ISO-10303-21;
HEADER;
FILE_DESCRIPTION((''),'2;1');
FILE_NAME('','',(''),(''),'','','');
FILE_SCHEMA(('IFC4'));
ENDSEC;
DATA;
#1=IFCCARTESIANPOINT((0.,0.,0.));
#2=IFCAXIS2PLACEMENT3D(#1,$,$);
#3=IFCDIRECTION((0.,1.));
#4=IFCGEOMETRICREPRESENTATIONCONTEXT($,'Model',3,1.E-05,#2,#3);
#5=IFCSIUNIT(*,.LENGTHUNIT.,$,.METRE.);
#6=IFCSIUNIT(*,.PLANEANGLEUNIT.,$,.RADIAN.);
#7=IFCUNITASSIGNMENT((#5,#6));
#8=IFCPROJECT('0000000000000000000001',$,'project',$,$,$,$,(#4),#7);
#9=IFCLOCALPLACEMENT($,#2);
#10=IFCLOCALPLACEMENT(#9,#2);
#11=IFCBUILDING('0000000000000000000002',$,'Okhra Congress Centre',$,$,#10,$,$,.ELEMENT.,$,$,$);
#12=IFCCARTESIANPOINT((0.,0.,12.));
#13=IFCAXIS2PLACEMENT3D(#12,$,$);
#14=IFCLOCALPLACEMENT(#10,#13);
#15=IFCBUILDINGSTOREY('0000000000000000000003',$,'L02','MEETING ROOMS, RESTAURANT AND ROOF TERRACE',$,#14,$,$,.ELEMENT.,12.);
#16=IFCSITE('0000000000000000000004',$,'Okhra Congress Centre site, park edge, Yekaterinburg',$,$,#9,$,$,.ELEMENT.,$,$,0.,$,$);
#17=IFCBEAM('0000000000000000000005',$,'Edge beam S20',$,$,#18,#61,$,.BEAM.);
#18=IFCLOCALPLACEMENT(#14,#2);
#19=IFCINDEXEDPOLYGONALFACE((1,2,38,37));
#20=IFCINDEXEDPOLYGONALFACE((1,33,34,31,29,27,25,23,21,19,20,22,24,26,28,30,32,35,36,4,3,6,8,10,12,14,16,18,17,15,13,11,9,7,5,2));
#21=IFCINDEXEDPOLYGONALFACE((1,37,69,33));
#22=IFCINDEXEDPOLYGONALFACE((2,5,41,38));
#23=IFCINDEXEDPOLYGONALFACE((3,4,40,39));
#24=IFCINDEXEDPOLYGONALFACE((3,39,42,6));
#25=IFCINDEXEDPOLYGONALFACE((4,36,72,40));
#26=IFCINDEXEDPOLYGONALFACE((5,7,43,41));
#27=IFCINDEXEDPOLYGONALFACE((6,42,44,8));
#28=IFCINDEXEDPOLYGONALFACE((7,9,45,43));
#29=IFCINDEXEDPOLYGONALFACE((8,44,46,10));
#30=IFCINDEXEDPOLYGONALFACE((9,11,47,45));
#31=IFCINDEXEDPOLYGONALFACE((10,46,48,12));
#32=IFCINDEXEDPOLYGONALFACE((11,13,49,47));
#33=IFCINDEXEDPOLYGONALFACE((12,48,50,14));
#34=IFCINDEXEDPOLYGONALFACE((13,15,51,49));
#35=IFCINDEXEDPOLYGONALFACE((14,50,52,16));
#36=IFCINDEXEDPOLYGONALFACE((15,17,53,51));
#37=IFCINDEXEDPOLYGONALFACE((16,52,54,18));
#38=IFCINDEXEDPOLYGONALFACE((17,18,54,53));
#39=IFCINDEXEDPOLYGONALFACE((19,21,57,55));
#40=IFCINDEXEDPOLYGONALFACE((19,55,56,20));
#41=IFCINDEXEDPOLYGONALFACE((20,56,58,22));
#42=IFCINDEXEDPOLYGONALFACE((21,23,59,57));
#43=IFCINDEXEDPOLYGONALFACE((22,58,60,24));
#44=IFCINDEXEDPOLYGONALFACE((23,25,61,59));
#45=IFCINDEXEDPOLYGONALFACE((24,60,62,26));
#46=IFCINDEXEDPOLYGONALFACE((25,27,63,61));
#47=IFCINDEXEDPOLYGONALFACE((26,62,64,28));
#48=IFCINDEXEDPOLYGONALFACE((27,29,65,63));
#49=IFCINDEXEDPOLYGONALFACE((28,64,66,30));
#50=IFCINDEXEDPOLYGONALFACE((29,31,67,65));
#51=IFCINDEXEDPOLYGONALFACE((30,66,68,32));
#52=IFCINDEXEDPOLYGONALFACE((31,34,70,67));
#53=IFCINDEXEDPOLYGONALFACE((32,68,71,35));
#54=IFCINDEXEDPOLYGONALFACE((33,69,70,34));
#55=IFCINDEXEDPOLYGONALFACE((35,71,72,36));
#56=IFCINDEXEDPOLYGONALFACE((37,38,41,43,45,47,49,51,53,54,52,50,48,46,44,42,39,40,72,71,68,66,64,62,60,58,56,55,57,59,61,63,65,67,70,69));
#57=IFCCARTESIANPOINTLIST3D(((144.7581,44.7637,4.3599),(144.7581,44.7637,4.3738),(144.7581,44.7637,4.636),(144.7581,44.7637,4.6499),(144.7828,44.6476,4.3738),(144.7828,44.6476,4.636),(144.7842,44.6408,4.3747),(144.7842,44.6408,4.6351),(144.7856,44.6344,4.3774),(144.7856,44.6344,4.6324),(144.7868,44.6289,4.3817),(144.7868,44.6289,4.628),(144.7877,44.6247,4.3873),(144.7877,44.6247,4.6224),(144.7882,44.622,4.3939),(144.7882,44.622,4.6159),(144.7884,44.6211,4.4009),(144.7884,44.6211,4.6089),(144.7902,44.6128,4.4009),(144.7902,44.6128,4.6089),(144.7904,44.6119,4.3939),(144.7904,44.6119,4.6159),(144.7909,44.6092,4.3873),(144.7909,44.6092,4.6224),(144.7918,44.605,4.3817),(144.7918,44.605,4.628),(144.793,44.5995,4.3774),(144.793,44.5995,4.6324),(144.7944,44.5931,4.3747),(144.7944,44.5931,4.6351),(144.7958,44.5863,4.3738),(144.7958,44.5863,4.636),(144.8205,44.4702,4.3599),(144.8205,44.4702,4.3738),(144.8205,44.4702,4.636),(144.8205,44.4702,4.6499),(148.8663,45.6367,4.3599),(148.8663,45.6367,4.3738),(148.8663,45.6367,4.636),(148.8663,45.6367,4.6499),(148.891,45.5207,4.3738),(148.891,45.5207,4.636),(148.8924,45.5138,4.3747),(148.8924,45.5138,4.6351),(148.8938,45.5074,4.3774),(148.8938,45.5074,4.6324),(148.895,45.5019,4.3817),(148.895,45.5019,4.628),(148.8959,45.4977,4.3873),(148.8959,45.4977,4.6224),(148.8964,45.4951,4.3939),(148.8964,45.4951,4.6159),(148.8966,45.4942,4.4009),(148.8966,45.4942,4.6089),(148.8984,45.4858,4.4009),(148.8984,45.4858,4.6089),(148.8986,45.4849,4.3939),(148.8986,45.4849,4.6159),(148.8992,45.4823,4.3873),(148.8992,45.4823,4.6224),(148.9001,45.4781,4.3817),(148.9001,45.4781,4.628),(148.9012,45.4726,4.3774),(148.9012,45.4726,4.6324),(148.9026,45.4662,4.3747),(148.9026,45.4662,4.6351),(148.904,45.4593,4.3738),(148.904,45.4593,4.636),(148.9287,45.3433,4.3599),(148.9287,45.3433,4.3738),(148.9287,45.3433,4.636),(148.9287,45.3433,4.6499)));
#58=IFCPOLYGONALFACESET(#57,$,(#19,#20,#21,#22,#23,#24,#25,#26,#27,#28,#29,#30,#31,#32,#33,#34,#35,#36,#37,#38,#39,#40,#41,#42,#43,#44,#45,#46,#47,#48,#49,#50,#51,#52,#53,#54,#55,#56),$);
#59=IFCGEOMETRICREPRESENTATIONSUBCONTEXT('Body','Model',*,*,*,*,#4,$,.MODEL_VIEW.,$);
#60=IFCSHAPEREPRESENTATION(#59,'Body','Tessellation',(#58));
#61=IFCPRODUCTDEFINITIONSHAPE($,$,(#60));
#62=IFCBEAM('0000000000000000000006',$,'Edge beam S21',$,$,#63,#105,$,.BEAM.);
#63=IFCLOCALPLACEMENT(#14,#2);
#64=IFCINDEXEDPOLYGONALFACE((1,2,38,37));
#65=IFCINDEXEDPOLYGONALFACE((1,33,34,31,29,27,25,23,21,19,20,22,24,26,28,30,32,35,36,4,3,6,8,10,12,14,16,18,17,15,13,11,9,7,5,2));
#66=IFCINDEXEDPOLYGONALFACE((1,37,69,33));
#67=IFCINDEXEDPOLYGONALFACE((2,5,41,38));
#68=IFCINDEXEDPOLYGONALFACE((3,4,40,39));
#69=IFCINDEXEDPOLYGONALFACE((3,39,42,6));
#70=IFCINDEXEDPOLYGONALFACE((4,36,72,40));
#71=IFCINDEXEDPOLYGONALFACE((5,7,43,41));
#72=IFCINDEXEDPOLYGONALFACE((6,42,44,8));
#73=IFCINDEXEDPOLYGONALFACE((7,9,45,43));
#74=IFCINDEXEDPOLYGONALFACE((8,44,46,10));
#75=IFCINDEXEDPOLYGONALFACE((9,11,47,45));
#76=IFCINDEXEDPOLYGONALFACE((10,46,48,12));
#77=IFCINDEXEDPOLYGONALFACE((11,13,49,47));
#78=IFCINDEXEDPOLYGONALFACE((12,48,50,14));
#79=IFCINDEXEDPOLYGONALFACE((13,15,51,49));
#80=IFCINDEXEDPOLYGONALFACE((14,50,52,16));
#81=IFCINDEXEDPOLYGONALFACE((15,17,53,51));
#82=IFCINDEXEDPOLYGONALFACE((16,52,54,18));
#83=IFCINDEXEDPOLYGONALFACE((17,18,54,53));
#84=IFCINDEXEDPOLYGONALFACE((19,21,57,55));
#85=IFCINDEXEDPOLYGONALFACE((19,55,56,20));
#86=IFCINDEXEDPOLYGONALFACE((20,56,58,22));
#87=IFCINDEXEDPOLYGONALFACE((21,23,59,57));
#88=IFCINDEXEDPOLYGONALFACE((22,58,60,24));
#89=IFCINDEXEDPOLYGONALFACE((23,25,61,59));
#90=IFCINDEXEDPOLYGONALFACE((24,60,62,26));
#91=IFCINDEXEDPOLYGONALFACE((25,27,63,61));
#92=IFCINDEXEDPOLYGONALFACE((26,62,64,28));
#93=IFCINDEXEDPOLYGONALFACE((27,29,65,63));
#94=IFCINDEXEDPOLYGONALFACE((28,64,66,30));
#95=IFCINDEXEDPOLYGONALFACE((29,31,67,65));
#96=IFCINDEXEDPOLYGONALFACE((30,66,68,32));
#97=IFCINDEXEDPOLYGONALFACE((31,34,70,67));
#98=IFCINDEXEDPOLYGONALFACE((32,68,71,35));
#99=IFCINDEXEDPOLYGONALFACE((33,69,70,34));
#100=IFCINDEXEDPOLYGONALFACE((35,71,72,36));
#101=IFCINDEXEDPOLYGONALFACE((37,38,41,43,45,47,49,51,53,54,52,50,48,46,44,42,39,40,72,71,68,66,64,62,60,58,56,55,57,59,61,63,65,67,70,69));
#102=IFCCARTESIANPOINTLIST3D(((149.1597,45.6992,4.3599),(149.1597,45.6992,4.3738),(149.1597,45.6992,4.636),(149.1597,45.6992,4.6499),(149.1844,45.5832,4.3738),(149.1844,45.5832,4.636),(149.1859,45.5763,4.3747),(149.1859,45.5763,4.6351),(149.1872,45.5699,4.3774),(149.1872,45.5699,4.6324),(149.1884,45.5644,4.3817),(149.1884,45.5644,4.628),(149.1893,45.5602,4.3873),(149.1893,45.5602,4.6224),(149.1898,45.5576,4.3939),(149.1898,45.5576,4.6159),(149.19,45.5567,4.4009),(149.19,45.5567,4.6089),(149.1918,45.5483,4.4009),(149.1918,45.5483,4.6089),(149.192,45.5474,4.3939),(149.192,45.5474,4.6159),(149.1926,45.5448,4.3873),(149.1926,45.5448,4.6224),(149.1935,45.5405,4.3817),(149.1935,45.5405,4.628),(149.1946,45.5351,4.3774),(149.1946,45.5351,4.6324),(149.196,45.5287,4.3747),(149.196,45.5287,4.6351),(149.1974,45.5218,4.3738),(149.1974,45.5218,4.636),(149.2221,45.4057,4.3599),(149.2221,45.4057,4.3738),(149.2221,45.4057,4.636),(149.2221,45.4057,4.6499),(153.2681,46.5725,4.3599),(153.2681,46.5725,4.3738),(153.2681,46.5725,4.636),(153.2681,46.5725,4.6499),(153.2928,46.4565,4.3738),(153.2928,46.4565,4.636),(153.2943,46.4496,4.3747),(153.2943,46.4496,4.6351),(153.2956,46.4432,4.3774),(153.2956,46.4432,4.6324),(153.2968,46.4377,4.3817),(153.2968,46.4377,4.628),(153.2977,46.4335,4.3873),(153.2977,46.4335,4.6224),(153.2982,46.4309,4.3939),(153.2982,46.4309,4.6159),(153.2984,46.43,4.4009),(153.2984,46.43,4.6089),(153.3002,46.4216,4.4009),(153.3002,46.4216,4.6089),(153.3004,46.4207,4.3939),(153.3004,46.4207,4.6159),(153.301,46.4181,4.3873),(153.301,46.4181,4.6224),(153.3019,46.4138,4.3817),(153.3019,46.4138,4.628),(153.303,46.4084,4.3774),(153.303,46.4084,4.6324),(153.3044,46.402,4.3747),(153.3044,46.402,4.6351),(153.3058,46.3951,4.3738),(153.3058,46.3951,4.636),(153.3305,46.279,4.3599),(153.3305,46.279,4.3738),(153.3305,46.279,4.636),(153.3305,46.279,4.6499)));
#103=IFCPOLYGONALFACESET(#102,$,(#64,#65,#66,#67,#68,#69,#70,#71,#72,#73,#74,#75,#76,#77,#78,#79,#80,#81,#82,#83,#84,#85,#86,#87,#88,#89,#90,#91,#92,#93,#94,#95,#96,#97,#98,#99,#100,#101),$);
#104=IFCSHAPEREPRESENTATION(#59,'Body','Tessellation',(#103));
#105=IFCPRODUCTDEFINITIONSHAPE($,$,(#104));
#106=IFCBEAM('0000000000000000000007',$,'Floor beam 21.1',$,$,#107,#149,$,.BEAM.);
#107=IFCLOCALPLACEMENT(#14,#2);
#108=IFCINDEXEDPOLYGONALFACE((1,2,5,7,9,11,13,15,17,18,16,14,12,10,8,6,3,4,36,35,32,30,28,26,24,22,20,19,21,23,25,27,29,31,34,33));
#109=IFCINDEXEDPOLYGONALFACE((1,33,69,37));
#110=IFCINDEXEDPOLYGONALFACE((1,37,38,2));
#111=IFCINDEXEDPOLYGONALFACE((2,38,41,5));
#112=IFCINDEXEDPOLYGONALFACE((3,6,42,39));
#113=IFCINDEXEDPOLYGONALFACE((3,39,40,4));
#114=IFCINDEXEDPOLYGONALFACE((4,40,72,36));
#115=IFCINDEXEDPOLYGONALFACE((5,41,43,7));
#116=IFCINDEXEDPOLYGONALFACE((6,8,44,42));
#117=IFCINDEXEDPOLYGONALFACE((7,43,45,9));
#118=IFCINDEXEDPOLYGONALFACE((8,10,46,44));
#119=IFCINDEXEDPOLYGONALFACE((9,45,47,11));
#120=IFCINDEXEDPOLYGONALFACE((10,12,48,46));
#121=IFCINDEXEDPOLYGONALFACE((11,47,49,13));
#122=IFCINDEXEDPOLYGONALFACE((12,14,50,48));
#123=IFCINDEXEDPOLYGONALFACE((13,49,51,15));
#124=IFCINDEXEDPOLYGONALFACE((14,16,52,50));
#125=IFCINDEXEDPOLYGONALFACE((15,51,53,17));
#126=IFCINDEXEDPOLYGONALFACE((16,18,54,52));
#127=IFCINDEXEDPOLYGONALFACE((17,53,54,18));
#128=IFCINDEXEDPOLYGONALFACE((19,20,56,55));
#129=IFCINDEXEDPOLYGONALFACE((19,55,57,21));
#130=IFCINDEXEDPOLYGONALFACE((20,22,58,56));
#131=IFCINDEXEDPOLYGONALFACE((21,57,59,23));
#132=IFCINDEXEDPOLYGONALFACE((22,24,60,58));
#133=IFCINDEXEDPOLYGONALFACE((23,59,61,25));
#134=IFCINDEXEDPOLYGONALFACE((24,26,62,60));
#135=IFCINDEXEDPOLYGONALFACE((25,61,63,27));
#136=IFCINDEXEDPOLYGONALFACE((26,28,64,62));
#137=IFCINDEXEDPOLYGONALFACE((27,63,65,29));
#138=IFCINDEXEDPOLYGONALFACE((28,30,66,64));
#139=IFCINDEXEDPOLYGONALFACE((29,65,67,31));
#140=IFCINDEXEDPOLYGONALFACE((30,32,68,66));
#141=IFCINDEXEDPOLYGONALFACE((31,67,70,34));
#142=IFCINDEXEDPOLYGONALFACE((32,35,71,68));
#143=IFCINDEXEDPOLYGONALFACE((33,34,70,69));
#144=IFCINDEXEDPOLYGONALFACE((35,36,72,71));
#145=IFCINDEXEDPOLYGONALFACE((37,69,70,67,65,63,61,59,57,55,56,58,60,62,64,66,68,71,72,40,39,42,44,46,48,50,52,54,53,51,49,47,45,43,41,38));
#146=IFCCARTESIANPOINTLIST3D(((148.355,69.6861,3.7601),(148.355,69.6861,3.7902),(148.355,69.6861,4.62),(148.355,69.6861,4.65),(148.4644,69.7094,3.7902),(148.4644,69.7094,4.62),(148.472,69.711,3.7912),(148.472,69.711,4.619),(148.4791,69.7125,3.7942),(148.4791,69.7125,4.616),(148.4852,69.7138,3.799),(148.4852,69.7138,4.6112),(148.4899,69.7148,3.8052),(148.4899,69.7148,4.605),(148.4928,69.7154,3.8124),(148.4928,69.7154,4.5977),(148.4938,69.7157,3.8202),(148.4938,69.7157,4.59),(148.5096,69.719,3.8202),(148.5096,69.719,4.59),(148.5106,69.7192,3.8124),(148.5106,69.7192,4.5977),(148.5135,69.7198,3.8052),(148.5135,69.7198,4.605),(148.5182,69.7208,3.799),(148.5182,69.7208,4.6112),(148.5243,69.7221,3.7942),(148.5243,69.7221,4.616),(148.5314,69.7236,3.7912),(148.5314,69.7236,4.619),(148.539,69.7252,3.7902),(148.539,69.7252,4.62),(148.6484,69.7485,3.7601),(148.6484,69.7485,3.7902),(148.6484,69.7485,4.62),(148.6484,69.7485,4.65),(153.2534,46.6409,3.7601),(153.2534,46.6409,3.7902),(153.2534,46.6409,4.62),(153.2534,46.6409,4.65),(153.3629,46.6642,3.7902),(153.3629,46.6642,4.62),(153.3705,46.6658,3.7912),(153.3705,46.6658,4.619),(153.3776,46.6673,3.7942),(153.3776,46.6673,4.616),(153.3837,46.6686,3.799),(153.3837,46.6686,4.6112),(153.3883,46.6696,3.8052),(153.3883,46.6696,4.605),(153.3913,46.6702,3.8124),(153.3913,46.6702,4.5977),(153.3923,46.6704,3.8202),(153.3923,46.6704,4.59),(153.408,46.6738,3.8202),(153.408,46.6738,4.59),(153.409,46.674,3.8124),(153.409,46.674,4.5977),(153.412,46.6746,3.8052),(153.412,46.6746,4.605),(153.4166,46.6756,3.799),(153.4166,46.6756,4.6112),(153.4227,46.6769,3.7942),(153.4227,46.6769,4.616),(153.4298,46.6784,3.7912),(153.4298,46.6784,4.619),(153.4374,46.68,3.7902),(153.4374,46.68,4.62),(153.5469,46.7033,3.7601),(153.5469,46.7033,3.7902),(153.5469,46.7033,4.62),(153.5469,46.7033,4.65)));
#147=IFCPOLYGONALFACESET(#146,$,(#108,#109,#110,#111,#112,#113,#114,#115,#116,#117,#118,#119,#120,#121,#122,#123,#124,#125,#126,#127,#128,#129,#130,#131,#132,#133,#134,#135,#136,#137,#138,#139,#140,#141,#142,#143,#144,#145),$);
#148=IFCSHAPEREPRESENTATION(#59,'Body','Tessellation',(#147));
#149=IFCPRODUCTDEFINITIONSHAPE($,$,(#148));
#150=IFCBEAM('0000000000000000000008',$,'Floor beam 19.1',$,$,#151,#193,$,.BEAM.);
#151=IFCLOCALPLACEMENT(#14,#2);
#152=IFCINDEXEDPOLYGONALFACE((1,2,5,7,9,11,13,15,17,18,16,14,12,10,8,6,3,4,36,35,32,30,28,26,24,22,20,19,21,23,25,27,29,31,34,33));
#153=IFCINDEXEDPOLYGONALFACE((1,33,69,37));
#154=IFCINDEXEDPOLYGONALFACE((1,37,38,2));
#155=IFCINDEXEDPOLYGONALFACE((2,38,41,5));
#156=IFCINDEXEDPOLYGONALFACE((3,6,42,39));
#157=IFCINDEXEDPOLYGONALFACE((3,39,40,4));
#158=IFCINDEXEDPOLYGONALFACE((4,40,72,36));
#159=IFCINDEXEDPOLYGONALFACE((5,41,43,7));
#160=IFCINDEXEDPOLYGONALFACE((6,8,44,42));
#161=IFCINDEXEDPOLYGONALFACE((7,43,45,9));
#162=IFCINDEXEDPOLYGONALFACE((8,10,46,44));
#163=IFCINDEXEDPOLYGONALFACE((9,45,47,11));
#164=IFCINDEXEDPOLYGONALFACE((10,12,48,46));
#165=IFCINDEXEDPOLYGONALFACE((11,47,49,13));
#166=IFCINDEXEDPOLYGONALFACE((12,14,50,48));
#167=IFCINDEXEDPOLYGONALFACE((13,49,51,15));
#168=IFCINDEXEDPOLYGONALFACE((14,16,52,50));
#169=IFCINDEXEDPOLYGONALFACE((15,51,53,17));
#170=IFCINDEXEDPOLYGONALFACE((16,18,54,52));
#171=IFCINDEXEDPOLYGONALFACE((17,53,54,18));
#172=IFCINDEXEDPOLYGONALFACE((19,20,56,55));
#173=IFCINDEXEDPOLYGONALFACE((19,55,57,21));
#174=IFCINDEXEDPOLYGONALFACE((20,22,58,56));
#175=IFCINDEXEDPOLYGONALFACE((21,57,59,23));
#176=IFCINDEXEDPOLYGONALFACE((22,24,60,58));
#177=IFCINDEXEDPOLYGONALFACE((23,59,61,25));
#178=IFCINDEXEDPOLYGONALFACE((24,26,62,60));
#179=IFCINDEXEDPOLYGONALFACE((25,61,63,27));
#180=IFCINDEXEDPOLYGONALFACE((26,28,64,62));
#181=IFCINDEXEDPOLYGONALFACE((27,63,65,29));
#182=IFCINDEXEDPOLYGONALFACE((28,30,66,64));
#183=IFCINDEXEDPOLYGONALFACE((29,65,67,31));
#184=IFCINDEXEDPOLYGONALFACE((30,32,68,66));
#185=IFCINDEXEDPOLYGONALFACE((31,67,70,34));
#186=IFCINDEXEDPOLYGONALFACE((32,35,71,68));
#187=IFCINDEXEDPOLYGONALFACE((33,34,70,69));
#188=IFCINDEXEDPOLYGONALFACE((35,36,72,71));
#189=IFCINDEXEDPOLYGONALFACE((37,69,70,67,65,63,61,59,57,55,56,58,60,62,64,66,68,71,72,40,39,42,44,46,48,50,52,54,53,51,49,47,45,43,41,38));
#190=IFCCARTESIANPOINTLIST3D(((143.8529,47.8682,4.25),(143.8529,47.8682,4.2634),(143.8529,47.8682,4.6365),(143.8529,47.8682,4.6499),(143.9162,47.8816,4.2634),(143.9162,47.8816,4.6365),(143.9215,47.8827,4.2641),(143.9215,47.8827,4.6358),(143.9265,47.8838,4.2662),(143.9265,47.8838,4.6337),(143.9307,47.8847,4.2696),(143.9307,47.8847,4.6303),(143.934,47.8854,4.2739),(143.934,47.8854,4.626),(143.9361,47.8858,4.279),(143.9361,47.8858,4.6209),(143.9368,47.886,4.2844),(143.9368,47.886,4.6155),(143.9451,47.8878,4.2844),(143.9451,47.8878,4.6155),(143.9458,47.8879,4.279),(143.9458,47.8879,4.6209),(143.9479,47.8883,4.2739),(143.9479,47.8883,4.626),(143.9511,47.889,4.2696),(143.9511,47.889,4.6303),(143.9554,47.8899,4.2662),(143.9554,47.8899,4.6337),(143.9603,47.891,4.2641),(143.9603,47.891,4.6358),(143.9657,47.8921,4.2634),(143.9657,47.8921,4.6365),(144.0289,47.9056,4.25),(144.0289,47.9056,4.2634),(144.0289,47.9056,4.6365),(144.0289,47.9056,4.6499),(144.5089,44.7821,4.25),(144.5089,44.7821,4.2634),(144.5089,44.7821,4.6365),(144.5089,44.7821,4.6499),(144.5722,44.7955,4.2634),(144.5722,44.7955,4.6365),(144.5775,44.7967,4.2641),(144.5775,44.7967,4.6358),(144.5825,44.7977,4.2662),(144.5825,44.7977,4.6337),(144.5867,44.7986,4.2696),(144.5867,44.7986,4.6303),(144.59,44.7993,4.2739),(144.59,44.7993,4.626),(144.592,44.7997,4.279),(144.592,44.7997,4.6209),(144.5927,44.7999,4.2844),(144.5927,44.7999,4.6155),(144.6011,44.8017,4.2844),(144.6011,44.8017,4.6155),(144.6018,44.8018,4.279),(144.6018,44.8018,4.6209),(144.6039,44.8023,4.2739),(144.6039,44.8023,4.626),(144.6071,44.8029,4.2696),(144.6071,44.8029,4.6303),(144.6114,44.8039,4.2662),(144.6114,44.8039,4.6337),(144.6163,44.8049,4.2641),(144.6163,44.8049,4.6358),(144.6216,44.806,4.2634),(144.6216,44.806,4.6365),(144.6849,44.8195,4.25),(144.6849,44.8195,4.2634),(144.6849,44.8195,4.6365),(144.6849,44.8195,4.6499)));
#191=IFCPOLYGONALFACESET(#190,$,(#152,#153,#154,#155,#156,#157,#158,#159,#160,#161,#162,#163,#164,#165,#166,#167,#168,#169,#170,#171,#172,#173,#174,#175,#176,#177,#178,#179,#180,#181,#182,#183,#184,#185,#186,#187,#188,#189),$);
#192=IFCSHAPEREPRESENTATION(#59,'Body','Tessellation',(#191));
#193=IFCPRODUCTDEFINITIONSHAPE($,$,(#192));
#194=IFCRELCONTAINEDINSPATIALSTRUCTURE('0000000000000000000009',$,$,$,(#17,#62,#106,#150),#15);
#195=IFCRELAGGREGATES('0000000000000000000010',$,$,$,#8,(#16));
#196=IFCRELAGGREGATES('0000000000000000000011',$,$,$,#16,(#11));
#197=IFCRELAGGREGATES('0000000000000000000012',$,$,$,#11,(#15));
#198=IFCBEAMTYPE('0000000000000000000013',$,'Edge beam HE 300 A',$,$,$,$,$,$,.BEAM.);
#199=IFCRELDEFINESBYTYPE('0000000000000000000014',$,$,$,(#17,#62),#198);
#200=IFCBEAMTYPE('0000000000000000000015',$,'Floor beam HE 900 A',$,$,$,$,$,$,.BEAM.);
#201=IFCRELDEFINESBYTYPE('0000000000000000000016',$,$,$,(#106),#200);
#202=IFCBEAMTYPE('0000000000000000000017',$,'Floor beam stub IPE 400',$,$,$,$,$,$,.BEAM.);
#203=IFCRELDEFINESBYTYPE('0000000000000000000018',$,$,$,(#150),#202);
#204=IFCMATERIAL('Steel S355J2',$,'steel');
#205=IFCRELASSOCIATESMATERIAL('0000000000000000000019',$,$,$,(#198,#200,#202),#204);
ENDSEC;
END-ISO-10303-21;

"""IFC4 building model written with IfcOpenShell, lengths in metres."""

from ifc_helpers import new_model, si_unit, direction, frame, origin, origin_2d, place, context, subcontext, project, spatial, i_section, extrude, material, material_profile, profile_set, type_object, element, save


model = new_model("IFC4")

# Units and contexts
model_context = context("Model", 3, precision=1e-05, world=origin(), true_north=direction((0.0, 1.0)))
body_context = subcontext(model_context, "Body", "Model", "MODEL_VIEW")
ifc_project = project(units=[si_unit("LENGTHUNIT", "METRE"), si_unit("PLANEANGLEUNIT", "RADIAN")], contexts=[model_context])

# Site, building, storey
site_placement = place(None, origin())
site = spatial("IfcSite", under=ifc_project, at=site_placement, Name="Okhra Congress Centre site, park edge, Yekaterinburg", CompositionType="ELEMENT", RefElevation=0.0)
building_placement = place(site_placement, origin())
building = spatial("IfcBuilding", under=site, at=building_placement, Name="Okhra Congress Centre", CompositionType="ELEMENT")
storey_placement = place(building_placement, frame((0.0, 0.0, 12.0)))
storey = spatial("IfcBuildingStorey", under=building, at=storey_placement, Name="L02", Description="MEETING ROOMS, RESTAURANT AND ROOF TERRACE", CompositionType="ELEMENT", Elevation=12.0)

# Shared definitions
ifc_material_1 = material(Name="Steel S355J2", Category="steel")

# Beams
ifc_material_profile_1 = material_profile(ifc_material_1, i_section(OverallWidth=0.3, OverallDepth=0.29, WebThickness=0.0085, FlangeThickness=0.0139, FilletRadius=0.0271, at=origin_2d()), Name="HE 300 A")
ifc_profile_set_1 = profile_set([ifc_material_profile_1], Name="Steel S355J2")
beam_type_1 = type_object("IfcBeamType", Name="Edge beam HE 300 A", PredefinedType="BEAM", material=ifc_profile_set_1)
for number, where, z_axis, x_axis, name in (
    (1, (144.7893, 44.6169, 4.5049), (0.978156, 0.207873, 0.0), (-0.207873, 0.978156, 0.0), "Edge beam S20"),
):
    element("IfcBeam", number, at=place(storey_placement, frame(where, z_axis=z_axis, x_axis=x_axis)), inside=storey, type_object=beam_type_1, Name=name, PredefinedType="BEAM", context=body_context, shape_type="SweptSolid", body=[
        extrude(i_section(OverallWidth=0.3, OverallDepth=0.29, WebThickness=0.0085, FlangeThickness=0.0139, FilletRadius=0.0271, at=origin_2d()), origin(), (0.0, 0.0, 1.0), 4.2),
    ])
beam_1_placement = place(storey_placement, frame((149.1909, 45.5525, 4.5049), z_axis=(0.978146, 0.207917, 0.0), x_axis=(-0.207917, 0.978146, 0.0)))
element("IfcBeam", 2, at=beam_1_placement, inside=storey, type_object=beam_type_1, Name="Edge beam S21", PredefinedType="BEAM", context=body_context, shape_type="SweptSolid", body=[
    extrude(i_section(OverallWidth=0.3, OverallDepth=0.29, WebThickness=0.0085, FlangeThickness=0.0139, FilletRadius=0.0271, at=origin_2d()), origin(), (0.0, 0.0, 1.0), 4.2002),
])
ifc_material_profile_2 = material_profile(ifc_material_1, i_section(OverallWidth=0.3, OverallDepth=0.8899, WebThickness=0.0161, FlangeThickness=0.03, FilletRadius=0.03, at=origin_2d()), Name="HE 900 A")
ifc_profile_set_2 = profile_set([ifc_material_profile_2], Name="Steel S355J2")
beam_type_2 = type_object("IfcBeamType", Name="Floor beam HE 900 A", PredefinedType="BEAM", material=ifc_profile_set_2)
beam_2_placement = place(storey_placement, frame((153.4001, 46.6721, 4.2051), z_axis=(-0.207913, 0.978147, 0.0), x_axis=(-0.978147, -0.207913, 0.0)))
element("IfcBeam", 3, at=beam_2_placement, inside=storey, type_object=beam_type_2, Name="Floor beam 21.1", PredefinedType="BEAM", context=body_context, shape_type="SweptSolid", body=[
    extrude(i_section(OverallWidth=0.3, OverallDepth=0.8899, WebThickness=0.0161, FlangeThickness=0.03, FilletRadius=0.03, at=origin_2d()), origin(), (0.0, 0.0, 1.0), 23.5601),
])
ifc_material_profile_3 = material_profile(ifc_material_1, i_section(OverallWidth=0.1799, OverallDepth=0.3999, WebThickness=0.0085, FlangeThickness=0.0134, FilletRadius=0.021, at=origin_2d()), Name="IPE 400")
ifc_profile_set_3 = profile_set([ifc_material_profile_3], Name="Steel S355J2")
beam_type_3 = type_object("IfcBeamType", Name="Floor beam stub IPE 400", PredefinedType="BEAM", material=ifc_profile_set_3)
beam_3_placement = place(storey_placement, frame((144.5969, 44.8008, 4.45), z_axis=(-0.207917, 0.978146, 0.0), x_axis=(-0.978146, -0.207917, 0.0)))
element("IfcBeam", 4, at=beam_3_placement, inside=storey, type_object=beam_type_3, Name="Floor beam 19.1", PredefinedType="BEAM", context=body_context, shape_type="SweptSolid", body=[
    extrude(i_section(OverallWidth=0.1799, OverallDepth=0.3999, WebThickness=0.0085, FlangeThickness=0.0134, FilletRadius=0.021, at=origin_2d()), origin(), (0.0, 0.0, 1.0), 3.155),
])

save(model, "model.ifc")
